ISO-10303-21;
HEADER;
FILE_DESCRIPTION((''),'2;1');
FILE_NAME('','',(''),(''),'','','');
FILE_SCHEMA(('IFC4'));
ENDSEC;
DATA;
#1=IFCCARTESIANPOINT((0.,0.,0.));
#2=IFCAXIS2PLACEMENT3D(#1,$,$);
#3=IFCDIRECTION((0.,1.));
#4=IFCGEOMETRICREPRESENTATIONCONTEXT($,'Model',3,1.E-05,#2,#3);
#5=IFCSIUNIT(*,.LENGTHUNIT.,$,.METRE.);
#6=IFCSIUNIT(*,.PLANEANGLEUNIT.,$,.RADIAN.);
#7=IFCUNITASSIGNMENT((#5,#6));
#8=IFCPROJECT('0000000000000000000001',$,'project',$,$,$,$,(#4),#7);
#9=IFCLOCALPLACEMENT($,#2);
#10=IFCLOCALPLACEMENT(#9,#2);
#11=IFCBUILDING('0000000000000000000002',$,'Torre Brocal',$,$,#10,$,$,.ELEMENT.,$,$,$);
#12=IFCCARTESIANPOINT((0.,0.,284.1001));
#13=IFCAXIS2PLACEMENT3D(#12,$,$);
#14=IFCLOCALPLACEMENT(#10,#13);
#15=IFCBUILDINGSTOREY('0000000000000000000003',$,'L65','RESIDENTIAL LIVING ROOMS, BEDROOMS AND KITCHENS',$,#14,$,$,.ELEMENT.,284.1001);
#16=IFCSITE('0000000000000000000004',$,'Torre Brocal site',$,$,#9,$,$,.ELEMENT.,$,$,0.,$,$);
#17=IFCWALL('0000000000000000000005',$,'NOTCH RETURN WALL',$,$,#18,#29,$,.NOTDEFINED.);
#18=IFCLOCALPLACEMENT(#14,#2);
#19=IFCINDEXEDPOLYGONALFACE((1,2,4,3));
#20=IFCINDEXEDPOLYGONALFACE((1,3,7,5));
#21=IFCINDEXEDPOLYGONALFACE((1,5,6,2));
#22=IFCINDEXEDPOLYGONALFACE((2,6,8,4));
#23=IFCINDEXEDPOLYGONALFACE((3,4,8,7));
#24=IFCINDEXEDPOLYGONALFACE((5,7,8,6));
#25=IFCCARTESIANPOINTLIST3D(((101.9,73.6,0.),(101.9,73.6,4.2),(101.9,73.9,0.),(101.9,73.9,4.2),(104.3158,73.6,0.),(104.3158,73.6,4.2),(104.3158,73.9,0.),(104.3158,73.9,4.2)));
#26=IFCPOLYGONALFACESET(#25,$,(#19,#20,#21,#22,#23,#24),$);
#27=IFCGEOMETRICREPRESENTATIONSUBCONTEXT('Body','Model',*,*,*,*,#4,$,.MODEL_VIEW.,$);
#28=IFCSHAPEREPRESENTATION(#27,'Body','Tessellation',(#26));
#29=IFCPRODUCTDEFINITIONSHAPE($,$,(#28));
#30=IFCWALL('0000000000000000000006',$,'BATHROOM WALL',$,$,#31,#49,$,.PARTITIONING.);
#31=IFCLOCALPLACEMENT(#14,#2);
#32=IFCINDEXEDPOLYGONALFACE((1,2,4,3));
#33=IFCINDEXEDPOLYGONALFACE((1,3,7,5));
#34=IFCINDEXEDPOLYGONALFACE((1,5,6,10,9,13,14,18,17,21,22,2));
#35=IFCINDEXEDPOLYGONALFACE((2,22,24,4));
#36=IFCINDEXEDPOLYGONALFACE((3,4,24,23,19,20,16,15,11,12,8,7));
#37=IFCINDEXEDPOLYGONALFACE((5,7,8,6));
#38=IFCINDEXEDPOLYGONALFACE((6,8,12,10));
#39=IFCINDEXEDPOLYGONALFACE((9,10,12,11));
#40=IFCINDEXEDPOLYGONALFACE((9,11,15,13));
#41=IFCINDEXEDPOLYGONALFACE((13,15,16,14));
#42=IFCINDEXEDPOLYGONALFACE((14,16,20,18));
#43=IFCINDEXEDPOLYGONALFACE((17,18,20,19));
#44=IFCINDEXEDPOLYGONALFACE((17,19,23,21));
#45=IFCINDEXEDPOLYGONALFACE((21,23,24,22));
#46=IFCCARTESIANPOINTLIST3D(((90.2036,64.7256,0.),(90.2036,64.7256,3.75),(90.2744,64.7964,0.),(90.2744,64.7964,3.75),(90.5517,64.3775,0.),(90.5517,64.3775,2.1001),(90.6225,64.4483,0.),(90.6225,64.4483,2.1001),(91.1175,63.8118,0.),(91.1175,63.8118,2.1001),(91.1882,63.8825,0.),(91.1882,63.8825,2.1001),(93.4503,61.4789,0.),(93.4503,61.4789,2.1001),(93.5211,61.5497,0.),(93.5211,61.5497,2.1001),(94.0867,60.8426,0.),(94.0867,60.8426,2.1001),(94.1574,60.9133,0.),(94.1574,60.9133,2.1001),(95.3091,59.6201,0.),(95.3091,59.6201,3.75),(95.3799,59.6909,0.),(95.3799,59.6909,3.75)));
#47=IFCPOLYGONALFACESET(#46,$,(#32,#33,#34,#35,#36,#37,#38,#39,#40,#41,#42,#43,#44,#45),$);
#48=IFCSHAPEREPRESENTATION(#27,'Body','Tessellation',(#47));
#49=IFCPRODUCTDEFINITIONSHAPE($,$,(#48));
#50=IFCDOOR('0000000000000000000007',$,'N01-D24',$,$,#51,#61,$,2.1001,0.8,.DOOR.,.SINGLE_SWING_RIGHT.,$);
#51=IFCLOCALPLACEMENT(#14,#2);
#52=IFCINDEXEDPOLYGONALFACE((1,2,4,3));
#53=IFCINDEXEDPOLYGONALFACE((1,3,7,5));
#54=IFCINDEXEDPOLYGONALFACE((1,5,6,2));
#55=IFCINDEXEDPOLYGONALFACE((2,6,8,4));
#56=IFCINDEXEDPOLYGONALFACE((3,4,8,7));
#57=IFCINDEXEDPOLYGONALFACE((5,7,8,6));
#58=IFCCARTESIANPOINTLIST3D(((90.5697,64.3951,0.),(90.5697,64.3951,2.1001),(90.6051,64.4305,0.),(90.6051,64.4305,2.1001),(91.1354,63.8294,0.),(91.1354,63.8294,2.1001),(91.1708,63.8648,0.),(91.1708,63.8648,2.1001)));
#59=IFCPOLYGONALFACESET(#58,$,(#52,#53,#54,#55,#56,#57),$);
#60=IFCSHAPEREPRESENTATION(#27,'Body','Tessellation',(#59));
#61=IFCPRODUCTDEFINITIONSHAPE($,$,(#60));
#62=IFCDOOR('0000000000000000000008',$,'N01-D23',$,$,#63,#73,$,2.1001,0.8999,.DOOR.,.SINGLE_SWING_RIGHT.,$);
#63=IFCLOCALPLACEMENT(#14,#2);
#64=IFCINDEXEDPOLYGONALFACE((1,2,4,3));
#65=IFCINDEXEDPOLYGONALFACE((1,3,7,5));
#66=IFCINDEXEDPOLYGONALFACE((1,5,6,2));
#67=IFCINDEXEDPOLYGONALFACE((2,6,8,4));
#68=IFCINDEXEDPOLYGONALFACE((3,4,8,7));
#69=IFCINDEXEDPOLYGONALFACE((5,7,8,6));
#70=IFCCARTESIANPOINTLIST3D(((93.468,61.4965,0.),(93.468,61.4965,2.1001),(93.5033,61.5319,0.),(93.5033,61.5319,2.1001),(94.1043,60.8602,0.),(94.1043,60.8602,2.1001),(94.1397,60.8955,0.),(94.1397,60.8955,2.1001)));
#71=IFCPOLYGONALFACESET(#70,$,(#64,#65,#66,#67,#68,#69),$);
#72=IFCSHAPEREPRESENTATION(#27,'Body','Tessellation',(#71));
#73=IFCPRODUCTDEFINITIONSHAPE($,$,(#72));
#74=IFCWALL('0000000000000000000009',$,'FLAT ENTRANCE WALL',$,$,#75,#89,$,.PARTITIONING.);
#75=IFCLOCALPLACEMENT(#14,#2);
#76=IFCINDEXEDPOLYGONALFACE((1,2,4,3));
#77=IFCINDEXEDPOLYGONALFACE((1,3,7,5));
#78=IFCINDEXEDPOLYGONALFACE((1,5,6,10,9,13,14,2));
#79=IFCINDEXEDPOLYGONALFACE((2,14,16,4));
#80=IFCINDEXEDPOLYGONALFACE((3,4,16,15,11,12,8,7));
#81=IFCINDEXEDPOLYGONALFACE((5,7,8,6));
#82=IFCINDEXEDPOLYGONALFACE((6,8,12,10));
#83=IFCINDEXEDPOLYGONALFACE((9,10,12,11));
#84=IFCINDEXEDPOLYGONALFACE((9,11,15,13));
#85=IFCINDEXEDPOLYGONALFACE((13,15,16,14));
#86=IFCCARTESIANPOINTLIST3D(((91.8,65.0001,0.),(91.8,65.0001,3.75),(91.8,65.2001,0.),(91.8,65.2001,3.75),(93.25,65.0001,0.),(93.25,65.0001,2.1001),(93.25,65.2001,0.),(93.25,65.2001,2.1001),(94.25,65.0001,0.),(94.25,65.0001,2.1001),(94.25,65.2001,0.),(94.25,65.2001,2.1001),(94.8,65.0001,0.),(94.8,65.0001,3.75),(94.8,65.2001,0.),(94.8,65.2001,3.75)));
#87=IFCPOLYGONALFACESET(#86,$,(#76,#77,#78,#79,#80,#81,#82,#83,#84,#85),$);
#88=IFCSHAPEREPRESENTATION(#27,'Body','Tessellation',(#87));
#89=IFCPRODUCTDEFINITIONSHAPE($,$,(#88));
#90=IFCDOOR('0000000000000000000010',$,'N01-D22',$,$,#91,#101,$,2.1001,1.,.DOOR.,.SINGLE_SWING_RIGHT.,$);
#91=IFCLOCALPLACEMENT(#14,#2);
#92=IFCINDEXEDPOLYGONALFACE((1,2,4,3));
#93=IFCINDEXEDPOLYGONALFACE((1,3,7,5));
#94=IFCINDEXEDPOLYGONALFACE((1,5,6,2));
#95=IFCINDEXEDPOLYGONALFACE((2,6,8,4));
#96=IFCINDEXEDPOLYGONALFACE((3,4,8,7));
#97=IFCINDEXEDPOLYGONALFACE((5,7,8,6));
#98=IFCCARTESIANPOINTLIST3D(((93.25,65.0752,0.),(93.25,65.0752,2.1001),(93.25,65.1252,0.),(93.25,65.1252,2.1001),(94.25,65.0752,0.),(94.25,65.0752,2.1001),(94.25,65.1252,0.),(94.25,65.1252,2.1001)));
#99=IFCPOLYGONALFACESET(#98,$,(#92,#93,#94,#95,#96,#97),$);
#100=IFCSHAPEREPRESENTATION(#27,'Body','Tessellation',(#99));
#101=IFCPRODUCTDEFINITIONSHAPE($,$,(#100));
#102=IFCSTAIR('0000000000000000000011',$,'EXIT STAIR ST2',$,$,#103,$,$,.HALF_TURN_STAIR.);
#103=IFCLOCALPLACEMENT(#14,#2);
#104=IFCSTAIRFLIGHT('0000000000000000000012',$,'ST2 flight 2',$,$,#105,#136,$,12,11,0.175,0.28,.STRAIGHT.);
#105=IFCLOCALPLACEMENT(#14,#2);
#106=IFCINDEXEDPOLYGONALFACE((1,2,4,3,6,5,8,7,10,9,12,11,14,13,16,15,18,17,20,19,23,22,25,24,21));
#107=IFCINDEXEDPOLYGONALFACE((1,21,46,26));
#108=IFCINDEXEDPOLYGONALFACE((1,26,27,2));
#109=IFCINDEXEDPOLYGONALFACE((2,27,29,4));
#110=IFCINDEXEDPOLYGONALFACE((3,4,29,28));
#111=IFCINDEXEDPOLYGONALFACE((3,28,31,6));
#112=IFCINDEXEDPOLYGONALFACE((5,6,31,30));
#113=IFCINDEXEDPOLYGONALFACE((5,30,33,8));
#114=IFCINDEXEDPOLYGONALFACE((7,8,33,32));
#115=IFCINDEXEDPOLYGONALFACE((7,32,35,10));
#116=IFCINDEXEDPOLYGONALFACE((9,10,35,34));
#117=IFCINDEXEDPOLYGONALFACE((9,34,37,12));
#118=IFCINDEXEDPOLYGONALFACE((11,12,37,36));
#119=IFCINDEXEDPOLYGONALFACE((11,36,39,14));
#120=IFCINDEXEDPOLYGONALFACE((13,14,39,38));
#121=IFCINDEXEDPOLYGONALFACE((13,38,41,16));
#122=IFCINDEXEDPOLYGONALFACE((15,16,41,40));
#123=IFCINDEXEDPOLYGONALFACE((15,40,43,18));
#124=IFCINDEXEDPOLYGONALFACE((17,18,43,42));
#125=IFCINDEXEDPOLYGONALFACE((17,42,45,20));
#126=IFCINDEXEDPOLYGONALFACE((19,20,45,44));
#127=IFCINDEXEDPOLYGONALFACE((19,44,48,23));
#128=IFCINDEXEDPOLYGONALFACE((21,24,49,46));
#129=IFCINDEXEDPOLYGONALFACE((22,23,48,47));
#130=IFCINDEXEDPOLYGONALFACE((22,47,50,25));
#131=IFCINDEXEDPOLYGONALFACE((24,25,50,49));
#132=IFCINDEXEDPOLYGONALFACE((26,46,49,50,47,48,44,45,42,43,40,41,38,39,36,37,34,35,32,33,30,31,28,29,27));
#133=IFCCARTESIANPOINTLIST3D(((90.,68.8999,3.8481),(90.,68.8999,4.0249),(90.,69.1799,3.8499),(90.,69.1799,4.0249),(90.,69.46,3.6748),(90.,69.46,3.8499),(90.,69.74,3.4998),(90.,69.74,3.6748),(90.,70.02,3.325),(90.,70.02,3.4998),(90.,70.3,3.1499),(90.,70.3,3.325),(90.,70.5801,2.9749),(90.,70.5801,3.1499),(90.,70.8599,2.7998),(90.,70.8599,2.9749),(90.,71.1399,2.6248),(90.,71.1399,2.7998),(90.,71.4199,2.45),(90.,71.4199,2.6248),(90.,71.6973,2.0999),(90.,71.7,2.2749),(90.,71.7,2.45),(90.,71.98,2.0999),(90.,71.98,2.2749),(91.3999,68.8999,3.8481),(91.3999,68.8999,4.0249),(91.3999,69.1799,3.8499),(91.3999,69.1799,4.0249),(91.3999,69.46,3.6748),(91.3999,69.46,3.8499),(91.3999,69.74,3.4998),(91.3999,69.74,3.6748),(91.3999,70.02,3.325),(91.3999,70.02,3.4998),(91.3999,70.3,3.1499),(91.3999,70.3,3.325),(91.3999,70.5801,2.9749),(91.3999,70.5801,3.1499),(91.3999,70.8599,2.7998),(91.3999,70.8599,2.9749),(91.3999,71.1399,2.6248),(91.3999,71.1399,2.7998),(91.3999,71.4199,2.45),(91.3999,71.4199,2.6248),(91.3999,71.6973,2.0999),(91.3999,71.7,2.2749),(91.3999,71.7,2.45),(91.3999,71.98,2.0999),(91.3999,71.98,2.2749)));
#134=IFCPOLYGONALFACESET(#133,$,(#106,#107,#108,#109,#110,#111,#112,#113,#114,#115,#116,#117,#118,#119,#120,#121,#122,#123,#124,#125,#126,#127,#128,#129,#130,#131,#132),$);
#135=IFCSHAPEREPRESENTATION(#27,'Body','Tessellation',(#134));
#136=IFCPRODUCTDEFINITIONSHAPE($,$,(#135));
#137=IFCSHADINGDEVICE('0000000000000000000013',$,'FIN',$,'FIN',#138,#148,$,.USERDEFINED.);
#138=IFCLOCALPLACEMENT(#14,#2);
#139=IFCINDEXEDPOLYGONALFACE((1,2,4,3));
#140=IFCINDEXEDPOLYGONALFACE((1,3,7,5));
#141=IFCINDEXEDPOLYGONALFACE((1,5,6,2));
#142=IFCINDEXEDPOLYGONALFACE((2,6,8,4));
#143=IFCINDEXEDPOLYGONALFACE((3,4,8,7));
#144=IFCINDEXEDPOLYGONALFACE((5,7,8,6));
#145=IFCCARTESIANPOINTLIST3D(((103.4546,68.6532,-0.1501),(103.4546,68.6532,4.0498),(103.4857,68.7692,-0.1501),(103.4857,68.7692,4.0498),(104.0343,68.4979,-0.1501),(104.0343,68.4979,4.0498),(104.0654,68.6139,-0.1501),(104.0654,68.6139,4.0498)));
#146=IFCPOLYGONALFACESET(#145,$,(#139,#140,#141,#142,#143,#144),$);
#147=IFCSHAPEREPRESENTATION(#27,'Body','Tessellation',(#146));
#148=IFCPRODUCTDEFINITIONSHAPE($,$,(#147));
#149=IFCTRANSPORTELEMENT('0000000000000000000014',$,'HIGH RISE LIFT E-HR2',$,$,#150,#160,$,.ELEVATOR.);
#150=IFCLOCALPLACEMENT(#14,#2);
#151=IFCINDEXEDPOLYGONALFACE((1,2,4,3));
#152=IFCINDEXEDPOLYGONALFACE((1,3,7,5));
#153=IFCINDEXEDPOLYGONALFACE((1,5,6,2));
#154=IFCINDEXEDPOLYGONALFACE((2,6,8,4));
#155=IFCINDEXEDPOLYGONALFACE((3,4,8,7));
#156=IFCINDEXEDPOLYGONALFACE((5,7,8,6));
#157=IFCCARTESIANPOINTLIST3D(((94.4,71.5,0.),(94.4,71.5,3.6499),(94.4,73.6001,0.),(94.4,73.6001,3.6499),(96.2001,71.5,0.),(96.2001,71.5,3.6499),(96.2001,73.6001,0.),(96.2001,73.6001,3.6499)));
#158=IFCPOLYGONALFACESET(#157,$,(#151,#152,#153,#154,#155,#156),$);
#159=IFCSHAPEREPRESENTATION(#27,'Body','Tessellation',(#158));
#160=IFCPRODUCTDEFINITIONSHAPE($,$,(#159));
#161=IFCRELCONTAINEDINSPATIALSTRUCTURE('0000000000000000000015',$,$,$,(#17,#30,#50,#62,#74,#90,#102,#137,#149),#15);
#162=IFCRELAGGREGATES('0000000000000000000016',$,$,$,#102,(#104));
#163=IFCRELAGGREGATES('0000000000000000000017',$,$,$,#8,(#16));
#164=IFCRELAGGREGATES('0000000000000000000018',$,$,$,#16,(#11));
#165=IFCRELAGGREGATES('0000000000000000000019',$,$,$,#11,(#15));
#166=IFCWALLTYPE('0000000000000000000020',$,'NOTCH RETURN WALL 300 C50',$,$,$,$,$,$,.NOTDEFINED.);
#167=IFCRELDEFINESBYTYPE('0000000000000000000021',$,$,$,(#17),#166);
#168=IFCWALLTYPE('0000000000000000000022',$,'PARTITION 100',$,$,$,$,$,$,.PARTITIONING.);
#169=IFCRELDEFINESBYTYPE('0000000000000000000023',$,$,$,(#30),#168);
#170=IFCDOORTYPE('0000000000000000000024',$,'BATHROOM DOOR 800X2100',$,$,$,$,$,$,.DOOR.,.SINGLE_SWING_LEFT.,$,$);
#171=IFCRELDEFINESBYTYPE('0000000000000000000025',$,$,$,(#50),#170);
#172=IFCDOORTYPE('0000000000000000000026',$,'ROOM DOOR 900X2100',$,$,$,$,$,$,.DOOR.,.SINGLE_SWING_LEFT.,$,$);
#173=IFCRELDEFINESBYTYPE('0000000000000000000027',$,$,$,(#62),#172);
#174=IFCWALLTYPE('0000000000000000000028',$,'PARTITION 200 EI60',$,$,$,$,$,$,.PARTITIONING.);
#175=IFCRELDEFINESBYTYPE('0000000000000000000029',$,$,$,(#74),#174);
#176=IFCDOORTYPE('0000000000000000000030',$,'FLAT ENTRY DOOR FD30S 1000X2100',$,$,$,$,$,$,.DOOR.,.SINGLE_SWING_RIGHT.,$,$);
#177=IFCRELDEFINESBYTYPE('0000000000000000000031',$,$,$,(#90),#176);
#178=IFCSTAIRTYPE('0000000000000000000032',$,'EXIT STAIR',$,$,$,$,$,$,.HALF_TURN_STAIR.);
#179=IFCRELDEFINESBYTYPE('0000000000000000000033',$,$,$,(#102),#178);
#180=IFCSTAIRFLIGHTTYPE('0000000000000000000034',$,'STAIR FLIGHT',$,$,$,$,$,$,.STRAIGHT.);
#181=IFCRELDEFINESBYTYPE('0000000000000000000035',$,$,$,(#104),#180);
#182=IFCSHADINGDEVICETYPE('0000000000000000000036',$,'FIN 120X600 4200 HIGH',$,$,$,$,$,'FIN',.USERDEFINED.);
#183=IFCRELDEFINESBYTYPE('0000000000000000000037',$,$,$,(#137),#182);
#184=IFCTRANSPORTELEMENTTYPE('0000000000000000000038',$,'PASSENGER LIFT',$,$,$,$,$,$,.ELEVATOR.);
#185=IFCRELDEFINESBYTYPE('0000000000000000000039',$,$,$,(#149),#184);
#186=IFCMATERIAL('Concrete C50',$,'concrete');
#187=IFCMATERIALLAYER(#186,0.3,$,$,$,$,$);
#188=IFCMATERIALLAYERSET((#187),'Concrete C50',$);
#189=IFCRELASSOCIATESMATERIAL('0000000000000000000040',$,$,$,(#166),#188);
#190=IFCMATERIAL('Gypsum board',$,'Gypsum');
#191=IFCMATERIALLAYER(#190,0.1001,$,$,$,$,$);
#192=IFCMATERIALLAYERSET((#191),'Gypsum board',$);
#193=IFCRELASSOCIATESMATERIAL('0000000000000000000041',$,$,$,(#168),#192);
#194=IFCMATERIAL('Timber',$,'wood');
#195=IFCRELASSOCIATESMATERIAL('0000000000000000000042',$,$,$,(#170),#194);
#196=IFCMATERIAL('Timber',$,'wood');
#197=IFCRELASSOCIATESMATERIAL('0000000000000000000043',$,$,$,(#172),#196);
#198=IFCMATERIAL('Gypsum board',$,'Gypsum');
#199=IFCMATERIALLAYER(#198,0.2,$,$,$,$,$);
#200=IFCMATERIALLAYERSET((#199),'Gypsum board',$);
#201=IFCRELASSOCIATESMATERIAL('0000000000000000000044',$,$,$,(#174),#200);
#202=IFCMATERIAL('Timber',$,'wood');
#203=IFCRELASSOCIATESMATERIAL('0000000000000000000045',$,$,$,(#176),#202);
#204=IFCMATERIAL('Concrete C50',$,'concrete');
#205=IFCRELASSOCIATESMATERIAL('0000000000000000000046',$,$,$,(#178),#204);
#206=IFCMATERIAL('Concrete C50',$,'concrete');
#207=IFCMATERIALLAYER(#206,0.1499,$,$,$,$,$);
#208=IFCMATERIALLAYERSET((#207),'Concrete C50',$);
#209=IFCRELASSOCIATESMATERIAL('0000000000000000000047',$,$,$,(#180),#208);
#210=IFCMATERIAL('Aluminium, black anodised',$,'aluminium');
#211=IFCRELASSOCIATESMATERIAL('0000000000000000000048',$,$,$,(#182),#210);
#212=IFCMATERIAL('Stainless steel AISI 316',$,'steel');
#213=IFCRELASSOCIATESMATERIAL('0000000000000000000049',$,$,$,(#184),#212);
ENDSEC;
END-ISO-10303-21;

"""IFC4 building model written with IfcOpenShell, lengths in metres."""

from ifc_helpers import new_model, si_unit, direction, frame, frame_2d, origin, origin_2d, place, context, subcontext, project, spatial, polyline, rectangle, outline, extrude, material, layer, layer_set, material_profile, profile_set, type_object, element, fill, aggregate, save


model = new_model("IFC4")

# Units and contexts
model_context = context("Model", 3, precision=1e-05, world=origin(), true_north=direction((0.0, 1.0)))
body_context = subcontext(model_context, "Body", "Model", "MODEL_VIEW")
ifc_project = project(units=[si_unit("LENGTHUNIT", "METRE"), si_unit("PLANEANGLEUNIT", "RADIAN")], contexts=[model_context])

# Site, building, storey
site_placement = place(None, origin())
site = spatial("IfcSite", under=ifc_project, at=site_placement, Name="Torre Brocal site", CompositionType="ELEMENT", RefElevation=0.0)
building_placement = place(site_placement, origin())
building = spatial("IfcBuilding", under=site, at=building_placement, Name="Torre Brocal", CompositionType="ELEMENT")
storey_placement = place(building_placement, frame((0.0, 0.0, 284.1001)))
storey = spatial("IfcBuildingStorey", under=building, at=storey_placement, Name="L65", Description="RESIDENTIAL LIVING ROOMS, BEDROOMS AND KITCHENS", CompositionType="ELEMENT", Elevation=284.1001)

# Wall
ifc_material_1 = material(Name="Concrete C50", Category="concrete")
ifc_layer_1 = layer(ifc_material_1, 0.3)
ifc_layer_set_1 = layer_set([ifc_layer_1], Name="Concrete C50")
wall_type_1 = type_object("IfcWallType", Name="NOTCH RETURN WALL 300 C50", PredefinedType="NOTDEFINED", material=ifc_layer_set_1)
wall_1_placement = place(storey_placement, frame((101.8999, 73.75, 0.0), z_axis=(0.0, 0.0, 1.0), x_axis=(1.0, 0.0, 0.0)))
element("IfcWall", 1, at=wall_1_placement, inside=storey, type_object=wall_type_1, Name="NOTCH RETURN WALL", PredefinedType="NOTDEFINED", context=body_context, shape_type="SweptSolid", body=[
    extrude(rectangle(XDim=2.4158, YDim=0.3, at=frame_2d((1.208, 0.0))), origin(), (0.0, 0.0, 1.0), 4.2),
])

# Wall, openings, doors
ifc_material_2 = material(Name="Gypsum board", Category="Gypsum")
ifc_layer_2 = layer(ifc_material_2, 0.1001)
ifc_layer_set_2 = layer_set([ifc_layer_2], Name="Gypsum board")
wall_type_2 = type_object("IfcWallType", Name="PARTITION 100", PredefinedType="PARTITIONING", material=ifc_layer_set_2)
wall_2_placement = place(storey_placement, frame((90.239, 64.761, 0.0), z_axis=(0.0, 0.0, 1.0), x_axis=(0.707107, -0.707107, 0.0)))
wall_2 = element("IfcWall", 2, at=wall_2_placement, inside=storey, type_object=wall_type_2, Name="BATHROOM WALL", PredefinedType="PARTITIONING", context=body_context, shape_type="SweptSolid", body=[
    extrude(rectangle(XDim=7.2202, YDim=0.1001, at=frame_2d((3.6101, 0.0))), origin(), (0.0, 0.0, 1.0), 3.75),
])
opening_1_placement = place(wall_2_placement, frame((4.5916, 0.0, 0.0)))
opening_1 = element("IfcOpeningElement", 3, at=opening_1_placement, cuts=wall_2, PredefinedType="OPENING", context=body_context, shape_type="SweptSolid", body=[
    extrude(rectangle(XDim=0.8999, YDim=2.1001, at=frame_2d((0.45, 1.05))), frame((0.0, 0.0601, 0.0), z_axis=(0.0, -1.0, 0.0), x_axis=(1.0, 0.0, 0.0)), (0.0, 0.0, 1.0), 0.1201),
])
opening_2_placement = place(wall_2_placement, frame((0.4924, 0.0, 0.0)))
opening_2 = element("IfcOpeningElement", 4, at=opening_2_placement, cuts=wall_2, PredefinedType="OPENING", context=body_context, shape_type="SweptSolid", body=[
    extrude(rectangle(XDim=0.8, YDim=2.1001, at=frame_2d((0.3999, 1.05))), frame((0.0, 0.0601, 0.0), z_axis=(0.0, -1.0, 0.0), x_axis=(1.0, 0.0, 0.0)), (0.0, 0.0, 1.0), 0.1201),
])
ifc_material_3 = material(Name="Timber", Category="wood")
door_type_1 = type_object("IfcDoorType", Name="BATHROOM DOOR 800X2100", OperationType="SINGLE_SWING_LEFT", PredefinedType="DOOR", material=ifc_material_3)
door_1_placement = place(opening_2_placement, frame((0.8, 0.0, 0.0), z_axis=(0.0, 0.0, 1.0), x_axis=(-1.0, 0.0, 0.0)))
door_1 = element("IfcDoor", 5, at=door_1_placement, inside=storey, type_object=door_type_1, Name="N01-D24", OperationType="SINGLE_SWING_RIGHT", OverallHeight=2.1001, OverallWidth=0.8, PredefinedType="DOOR", context=body_context, shape_type="SweptSolid", body=[
    extrude(rectangle(XDim=0.8, YDim=2.1001, at=frame_2d((0.3999, 1.05))), frame((0.0, 0.0249, 0.0), z_axis=(0.0, -1.0, 0.0), x_axis=(1.0, 0.0, 0.0)), (0.0, 0.0, 1.0), 0.05),
])
fill(opening_2, door_1)
ifc_material_4 = material(Name="Timber", Category="wood")
door_type_2 = type_object("IfcDoorType", Name="ROOM DOOR 900X2100", OperationType="SINGLE_SWING_LEFT", PredefinedType="DOOR", material=ifc_material_4)
door_2_placement = place(opening_1_placement, origin())
door_2 = element("IfcDoor", 6, at=door_2_placement, inside=storey, type_object=door_type_2, Name="N01-D23", OperationType="SINGLE_SWING_RIGHT", OverallHeight=2.1001, OverallWidth=0.8999, PredefinedType="DOOR", context=body_context, shape_type="SweptSolid", body=[
    extrude(rectangle(XDim=0.8999, YDim=2.1001, at=frame_2d((0.45, 1.05))), frame((0.0, 0.0249, 0.0), z_axis=(0.0, -1.0, 0.0), x_axis=(1.0, 0.0, 0.0)), (0.0, 0.0, 1.0), 0.05),
])
fill(opening_1, door_2)

# Wall, opening, door
ifc_material_5 = material(Name="Gypsum board", Category="Gypsum")
ifc_layer_3 = layer(ifc_material_5, 0.2)
ifc_layer_set_3 = layer_set([ifc_layer_3], Name="Gypsum board")
wall_type_3 = type_object("IfcWallType", Name="PARTITION 200 EI60", PredefinedType="PARTITIONING", material=ifc_layer_set_3)
wall_3_placement = place(storey_placement, frame((91.8, 65.1001, 0.0), z_axis=(0.0, 0.0, 1.0), x_axis=(1.0, 0.0, 0.0)))
wall_3 = element("IfcWall", 7, at=wall_3_placement, inside=storey, type_object=wall_type_3, Name="FLAT ENTRANCE WALL", PredefinedType="PARTITIONING", context=body_context, shape_type="SweptSolid", body=[
    extrude(rectangle(XDim=3.0, YDim=0.2, at=frame_2d((1.5, 0.0))), origin(), (0.0, 0.0, 1.0), 3.75),
])
opening_3_placement = place(wall_3_placement, frame((1.45, 0.0, 0.0)))
opening_3 = element("IfcOpeningElement", 8, at=opening_3_placement, cuts=wall_3, PredefinedType="OPENING", context=body_context, shape_type="SweptSolid", body=[
    extrude(rectangle(XDim=1.0, YDim=2.1001, at=frame_2d((0.5, 1.05))), frame((0.0, 0.1099, 0.0), z_axis=(0.0, -1.0, 0.0), x_axis=(1.0, 0.0, 0.0)), (0.0, 0.0, 1.0), 0.22),
])
ifc_material_6 = material(Name="Timber", Category="wood")
door_type_3 = type_object("IfcDoorType", Name="FLAT ENTRY DOOR FD30S 1000X2100", OperationType="SINGLE_SWING_RIGHT", PredefinedType="DOOR", material=ifc_material_6)
door_3_placement = place(opening_3_placement, frame((1.0, 0.0, 0.0), z_axis=(0.0, 0.0, 1.0), x_axis=(-1.0, 0.0, 0.0)))
door_3 = element("IfcDoor", 9, at=door_3_placement, inside=storey, type_object=door_type_3, Name="N01-D22", OperationType="SINGLE_SWING_RIGHT", OverallHeight=2.1001, OverallWidth=1.0, PredefinedType="DOOR", context=body_context, shape_type="SweptSolid", body=[
    extrude(rectangle(XDim=1.0, YDim=2.1001, at=frame_2d((0.5, 1.05))), frame((0.0, 0.0249, 0.0), z_axis=(0.0, -1.0, 0.0), x_axis=(1.0, 0.0, 0.0)), (0.0, 0.0, 1.0), 0.05),
])
fill(opening_3, door_3)

# Stair, stair flight
ifc_material_7 = material(Name="Concrete C50", Category="concrete")
stair_type = type_object("IfcStairType", Name="EXIT STAIR", PredefinedType="HALF_TURN_STAIR", material=ifc_material_7)
stair_placement = place(storey_placement, origin())
stair = element("IfcStair", 10, at=stair_placement, inside=storey, type_object=stair_type, Name="EXIT STAIR ST2", PredefinedType="HALF_TURN_STAIR")
ifc_material_8 = material(Name="Concrete C50", Category="concrete")
ifc_layer_4 = layer(ifc_material_8, 0.1499)
ifc_layer_set_4 = layer_set([ifc_layer_4], Name="Concrete C50")
stair_flight_type = type_object("IfcStairFlightType", Name="STAIR FLIGHT", PredefinedType="STRAIGHT", material=ifc_layer_set_4)
stair_flight_placement = place(storey_placement, frame((90.7, 71.98, 2.0999), z_axis=(0.0, 0.0, 1.0), x_axis=(0.0, -1.0, 0.0)))
stair_flight = element("IfcStairFlight", 11, at=stair_flight_placement, type_object=stair_flight_type, Name="ST2 flight 2", NumberOfRisers=12, NumberOfTreads=11, PredefinedType="STRAIGHT", RiserHeight=0.175, TreadLength=0.28, context=body_context, shape_type="SweptSolid", body=[
    extrude(outline(polyline([(0.0, 0.0), (0.0, 0.175), (0.28, 0.175), (0.28, 0.3501), (0.5601, 0.3501), (0.5601, 0.5249), (0.8401, 0.5249), (0.8401, 0.7), (1.1201, 0.7), (1.1201, 0.875), (1.3999, 0.875), (1.3999, 1.05), (1.6799, 1.05), (1.6799, 1.2251), (1.96, 1.2251), (1.96, 1.3999), (2.24, 1.3999), (2.24, 1.575), (2.52, 1.575), (2.52, 1.75), (2.8, 1.75), (2.8, 1.925), (3.0801, 1.925), (3.0801, 2.1001), (3.0801, 1.7483), (0.2827, 0.0), (0.0, 0.0)])), frame((0.0, 0.7, 0.0), z_axis=(0.0, -1.0, 0.0), x_axis=(1.0, 0.0, 0.0)), (0.0, 0.0, 1.0), 1.3999),
])
aggregate(stair, [stair_flight])

# Shading device
ifc_material_9 = material(Name="Aluminium, black anodised", Category="aluminium")
ifc_material_profile_1 = material_profile(ifc_material_9, rectangle(XDim=0.1201, YDim=0.6001, at=origin_2d()), Name="FIN 120X600 4200 HIGH")
ifc_profile_set_1 = profile_set([ifc_material_profile_1], Name="Aluminium, black anodised")
shading_device_type = type_object("IfcShadingDeviceType", Name="FIN 120X600 4200 HIGH", ElementType="FIN", PredefinedType="USERDEFINED", material=ifc_profile_set_1)
shading_device_placement = place(storey_placement, frame((103.76, 68.6335, -0.1501), z_axis=(0.0, 0.0, 1.0), x_axis=(0.258819, 0.965926, 0.0)))
element("IfcShadingDevice", 12, at=shading_device_placement, inside=storey, type_object=shading_device_type, Name="FIN", ObjectType="FIN", PredefinedType="USERDEFINED", context=body_context, shape_type="SweptSolid", body=[
    extrude(rectangle(XDim=0.1201, YDim=0.6001, at=origin_2d()), origin(), (0.0, 0.0, 1.0), 4.2),
])

# Transport element
ifc_material_10 = material(Name="Stainless steel AISI 316", Category="steel")
transport_element_type = type_object("IfcTransportElementType", Name="PASSENGER LIFT", PredefinedType="ELEVATOR", material=ifc_material_10)
transport_element_placement = place(storey_placement, frame((95.3, 72.55, 0.0), z_axis=(0.0, 0.0, 1.0), x_axis=(1.0, 0.0, 0.0)))
element("IfcTransportElement", 13, at=transport_element_placement, inside=storey, type_object=transport_element_type, Name="HIGH RISE LIFT E-HR2", PredefinedType="ELEVATOR", context=body_context, shape_type="SweptSolid", body=[
    extrude(rectangle(XDim=1.8, YDim=2.1001, at=origin_2d()), origin(), (0.0, 0.0, 1.0), 3.6499),
])

save(model, "model.ifc")
